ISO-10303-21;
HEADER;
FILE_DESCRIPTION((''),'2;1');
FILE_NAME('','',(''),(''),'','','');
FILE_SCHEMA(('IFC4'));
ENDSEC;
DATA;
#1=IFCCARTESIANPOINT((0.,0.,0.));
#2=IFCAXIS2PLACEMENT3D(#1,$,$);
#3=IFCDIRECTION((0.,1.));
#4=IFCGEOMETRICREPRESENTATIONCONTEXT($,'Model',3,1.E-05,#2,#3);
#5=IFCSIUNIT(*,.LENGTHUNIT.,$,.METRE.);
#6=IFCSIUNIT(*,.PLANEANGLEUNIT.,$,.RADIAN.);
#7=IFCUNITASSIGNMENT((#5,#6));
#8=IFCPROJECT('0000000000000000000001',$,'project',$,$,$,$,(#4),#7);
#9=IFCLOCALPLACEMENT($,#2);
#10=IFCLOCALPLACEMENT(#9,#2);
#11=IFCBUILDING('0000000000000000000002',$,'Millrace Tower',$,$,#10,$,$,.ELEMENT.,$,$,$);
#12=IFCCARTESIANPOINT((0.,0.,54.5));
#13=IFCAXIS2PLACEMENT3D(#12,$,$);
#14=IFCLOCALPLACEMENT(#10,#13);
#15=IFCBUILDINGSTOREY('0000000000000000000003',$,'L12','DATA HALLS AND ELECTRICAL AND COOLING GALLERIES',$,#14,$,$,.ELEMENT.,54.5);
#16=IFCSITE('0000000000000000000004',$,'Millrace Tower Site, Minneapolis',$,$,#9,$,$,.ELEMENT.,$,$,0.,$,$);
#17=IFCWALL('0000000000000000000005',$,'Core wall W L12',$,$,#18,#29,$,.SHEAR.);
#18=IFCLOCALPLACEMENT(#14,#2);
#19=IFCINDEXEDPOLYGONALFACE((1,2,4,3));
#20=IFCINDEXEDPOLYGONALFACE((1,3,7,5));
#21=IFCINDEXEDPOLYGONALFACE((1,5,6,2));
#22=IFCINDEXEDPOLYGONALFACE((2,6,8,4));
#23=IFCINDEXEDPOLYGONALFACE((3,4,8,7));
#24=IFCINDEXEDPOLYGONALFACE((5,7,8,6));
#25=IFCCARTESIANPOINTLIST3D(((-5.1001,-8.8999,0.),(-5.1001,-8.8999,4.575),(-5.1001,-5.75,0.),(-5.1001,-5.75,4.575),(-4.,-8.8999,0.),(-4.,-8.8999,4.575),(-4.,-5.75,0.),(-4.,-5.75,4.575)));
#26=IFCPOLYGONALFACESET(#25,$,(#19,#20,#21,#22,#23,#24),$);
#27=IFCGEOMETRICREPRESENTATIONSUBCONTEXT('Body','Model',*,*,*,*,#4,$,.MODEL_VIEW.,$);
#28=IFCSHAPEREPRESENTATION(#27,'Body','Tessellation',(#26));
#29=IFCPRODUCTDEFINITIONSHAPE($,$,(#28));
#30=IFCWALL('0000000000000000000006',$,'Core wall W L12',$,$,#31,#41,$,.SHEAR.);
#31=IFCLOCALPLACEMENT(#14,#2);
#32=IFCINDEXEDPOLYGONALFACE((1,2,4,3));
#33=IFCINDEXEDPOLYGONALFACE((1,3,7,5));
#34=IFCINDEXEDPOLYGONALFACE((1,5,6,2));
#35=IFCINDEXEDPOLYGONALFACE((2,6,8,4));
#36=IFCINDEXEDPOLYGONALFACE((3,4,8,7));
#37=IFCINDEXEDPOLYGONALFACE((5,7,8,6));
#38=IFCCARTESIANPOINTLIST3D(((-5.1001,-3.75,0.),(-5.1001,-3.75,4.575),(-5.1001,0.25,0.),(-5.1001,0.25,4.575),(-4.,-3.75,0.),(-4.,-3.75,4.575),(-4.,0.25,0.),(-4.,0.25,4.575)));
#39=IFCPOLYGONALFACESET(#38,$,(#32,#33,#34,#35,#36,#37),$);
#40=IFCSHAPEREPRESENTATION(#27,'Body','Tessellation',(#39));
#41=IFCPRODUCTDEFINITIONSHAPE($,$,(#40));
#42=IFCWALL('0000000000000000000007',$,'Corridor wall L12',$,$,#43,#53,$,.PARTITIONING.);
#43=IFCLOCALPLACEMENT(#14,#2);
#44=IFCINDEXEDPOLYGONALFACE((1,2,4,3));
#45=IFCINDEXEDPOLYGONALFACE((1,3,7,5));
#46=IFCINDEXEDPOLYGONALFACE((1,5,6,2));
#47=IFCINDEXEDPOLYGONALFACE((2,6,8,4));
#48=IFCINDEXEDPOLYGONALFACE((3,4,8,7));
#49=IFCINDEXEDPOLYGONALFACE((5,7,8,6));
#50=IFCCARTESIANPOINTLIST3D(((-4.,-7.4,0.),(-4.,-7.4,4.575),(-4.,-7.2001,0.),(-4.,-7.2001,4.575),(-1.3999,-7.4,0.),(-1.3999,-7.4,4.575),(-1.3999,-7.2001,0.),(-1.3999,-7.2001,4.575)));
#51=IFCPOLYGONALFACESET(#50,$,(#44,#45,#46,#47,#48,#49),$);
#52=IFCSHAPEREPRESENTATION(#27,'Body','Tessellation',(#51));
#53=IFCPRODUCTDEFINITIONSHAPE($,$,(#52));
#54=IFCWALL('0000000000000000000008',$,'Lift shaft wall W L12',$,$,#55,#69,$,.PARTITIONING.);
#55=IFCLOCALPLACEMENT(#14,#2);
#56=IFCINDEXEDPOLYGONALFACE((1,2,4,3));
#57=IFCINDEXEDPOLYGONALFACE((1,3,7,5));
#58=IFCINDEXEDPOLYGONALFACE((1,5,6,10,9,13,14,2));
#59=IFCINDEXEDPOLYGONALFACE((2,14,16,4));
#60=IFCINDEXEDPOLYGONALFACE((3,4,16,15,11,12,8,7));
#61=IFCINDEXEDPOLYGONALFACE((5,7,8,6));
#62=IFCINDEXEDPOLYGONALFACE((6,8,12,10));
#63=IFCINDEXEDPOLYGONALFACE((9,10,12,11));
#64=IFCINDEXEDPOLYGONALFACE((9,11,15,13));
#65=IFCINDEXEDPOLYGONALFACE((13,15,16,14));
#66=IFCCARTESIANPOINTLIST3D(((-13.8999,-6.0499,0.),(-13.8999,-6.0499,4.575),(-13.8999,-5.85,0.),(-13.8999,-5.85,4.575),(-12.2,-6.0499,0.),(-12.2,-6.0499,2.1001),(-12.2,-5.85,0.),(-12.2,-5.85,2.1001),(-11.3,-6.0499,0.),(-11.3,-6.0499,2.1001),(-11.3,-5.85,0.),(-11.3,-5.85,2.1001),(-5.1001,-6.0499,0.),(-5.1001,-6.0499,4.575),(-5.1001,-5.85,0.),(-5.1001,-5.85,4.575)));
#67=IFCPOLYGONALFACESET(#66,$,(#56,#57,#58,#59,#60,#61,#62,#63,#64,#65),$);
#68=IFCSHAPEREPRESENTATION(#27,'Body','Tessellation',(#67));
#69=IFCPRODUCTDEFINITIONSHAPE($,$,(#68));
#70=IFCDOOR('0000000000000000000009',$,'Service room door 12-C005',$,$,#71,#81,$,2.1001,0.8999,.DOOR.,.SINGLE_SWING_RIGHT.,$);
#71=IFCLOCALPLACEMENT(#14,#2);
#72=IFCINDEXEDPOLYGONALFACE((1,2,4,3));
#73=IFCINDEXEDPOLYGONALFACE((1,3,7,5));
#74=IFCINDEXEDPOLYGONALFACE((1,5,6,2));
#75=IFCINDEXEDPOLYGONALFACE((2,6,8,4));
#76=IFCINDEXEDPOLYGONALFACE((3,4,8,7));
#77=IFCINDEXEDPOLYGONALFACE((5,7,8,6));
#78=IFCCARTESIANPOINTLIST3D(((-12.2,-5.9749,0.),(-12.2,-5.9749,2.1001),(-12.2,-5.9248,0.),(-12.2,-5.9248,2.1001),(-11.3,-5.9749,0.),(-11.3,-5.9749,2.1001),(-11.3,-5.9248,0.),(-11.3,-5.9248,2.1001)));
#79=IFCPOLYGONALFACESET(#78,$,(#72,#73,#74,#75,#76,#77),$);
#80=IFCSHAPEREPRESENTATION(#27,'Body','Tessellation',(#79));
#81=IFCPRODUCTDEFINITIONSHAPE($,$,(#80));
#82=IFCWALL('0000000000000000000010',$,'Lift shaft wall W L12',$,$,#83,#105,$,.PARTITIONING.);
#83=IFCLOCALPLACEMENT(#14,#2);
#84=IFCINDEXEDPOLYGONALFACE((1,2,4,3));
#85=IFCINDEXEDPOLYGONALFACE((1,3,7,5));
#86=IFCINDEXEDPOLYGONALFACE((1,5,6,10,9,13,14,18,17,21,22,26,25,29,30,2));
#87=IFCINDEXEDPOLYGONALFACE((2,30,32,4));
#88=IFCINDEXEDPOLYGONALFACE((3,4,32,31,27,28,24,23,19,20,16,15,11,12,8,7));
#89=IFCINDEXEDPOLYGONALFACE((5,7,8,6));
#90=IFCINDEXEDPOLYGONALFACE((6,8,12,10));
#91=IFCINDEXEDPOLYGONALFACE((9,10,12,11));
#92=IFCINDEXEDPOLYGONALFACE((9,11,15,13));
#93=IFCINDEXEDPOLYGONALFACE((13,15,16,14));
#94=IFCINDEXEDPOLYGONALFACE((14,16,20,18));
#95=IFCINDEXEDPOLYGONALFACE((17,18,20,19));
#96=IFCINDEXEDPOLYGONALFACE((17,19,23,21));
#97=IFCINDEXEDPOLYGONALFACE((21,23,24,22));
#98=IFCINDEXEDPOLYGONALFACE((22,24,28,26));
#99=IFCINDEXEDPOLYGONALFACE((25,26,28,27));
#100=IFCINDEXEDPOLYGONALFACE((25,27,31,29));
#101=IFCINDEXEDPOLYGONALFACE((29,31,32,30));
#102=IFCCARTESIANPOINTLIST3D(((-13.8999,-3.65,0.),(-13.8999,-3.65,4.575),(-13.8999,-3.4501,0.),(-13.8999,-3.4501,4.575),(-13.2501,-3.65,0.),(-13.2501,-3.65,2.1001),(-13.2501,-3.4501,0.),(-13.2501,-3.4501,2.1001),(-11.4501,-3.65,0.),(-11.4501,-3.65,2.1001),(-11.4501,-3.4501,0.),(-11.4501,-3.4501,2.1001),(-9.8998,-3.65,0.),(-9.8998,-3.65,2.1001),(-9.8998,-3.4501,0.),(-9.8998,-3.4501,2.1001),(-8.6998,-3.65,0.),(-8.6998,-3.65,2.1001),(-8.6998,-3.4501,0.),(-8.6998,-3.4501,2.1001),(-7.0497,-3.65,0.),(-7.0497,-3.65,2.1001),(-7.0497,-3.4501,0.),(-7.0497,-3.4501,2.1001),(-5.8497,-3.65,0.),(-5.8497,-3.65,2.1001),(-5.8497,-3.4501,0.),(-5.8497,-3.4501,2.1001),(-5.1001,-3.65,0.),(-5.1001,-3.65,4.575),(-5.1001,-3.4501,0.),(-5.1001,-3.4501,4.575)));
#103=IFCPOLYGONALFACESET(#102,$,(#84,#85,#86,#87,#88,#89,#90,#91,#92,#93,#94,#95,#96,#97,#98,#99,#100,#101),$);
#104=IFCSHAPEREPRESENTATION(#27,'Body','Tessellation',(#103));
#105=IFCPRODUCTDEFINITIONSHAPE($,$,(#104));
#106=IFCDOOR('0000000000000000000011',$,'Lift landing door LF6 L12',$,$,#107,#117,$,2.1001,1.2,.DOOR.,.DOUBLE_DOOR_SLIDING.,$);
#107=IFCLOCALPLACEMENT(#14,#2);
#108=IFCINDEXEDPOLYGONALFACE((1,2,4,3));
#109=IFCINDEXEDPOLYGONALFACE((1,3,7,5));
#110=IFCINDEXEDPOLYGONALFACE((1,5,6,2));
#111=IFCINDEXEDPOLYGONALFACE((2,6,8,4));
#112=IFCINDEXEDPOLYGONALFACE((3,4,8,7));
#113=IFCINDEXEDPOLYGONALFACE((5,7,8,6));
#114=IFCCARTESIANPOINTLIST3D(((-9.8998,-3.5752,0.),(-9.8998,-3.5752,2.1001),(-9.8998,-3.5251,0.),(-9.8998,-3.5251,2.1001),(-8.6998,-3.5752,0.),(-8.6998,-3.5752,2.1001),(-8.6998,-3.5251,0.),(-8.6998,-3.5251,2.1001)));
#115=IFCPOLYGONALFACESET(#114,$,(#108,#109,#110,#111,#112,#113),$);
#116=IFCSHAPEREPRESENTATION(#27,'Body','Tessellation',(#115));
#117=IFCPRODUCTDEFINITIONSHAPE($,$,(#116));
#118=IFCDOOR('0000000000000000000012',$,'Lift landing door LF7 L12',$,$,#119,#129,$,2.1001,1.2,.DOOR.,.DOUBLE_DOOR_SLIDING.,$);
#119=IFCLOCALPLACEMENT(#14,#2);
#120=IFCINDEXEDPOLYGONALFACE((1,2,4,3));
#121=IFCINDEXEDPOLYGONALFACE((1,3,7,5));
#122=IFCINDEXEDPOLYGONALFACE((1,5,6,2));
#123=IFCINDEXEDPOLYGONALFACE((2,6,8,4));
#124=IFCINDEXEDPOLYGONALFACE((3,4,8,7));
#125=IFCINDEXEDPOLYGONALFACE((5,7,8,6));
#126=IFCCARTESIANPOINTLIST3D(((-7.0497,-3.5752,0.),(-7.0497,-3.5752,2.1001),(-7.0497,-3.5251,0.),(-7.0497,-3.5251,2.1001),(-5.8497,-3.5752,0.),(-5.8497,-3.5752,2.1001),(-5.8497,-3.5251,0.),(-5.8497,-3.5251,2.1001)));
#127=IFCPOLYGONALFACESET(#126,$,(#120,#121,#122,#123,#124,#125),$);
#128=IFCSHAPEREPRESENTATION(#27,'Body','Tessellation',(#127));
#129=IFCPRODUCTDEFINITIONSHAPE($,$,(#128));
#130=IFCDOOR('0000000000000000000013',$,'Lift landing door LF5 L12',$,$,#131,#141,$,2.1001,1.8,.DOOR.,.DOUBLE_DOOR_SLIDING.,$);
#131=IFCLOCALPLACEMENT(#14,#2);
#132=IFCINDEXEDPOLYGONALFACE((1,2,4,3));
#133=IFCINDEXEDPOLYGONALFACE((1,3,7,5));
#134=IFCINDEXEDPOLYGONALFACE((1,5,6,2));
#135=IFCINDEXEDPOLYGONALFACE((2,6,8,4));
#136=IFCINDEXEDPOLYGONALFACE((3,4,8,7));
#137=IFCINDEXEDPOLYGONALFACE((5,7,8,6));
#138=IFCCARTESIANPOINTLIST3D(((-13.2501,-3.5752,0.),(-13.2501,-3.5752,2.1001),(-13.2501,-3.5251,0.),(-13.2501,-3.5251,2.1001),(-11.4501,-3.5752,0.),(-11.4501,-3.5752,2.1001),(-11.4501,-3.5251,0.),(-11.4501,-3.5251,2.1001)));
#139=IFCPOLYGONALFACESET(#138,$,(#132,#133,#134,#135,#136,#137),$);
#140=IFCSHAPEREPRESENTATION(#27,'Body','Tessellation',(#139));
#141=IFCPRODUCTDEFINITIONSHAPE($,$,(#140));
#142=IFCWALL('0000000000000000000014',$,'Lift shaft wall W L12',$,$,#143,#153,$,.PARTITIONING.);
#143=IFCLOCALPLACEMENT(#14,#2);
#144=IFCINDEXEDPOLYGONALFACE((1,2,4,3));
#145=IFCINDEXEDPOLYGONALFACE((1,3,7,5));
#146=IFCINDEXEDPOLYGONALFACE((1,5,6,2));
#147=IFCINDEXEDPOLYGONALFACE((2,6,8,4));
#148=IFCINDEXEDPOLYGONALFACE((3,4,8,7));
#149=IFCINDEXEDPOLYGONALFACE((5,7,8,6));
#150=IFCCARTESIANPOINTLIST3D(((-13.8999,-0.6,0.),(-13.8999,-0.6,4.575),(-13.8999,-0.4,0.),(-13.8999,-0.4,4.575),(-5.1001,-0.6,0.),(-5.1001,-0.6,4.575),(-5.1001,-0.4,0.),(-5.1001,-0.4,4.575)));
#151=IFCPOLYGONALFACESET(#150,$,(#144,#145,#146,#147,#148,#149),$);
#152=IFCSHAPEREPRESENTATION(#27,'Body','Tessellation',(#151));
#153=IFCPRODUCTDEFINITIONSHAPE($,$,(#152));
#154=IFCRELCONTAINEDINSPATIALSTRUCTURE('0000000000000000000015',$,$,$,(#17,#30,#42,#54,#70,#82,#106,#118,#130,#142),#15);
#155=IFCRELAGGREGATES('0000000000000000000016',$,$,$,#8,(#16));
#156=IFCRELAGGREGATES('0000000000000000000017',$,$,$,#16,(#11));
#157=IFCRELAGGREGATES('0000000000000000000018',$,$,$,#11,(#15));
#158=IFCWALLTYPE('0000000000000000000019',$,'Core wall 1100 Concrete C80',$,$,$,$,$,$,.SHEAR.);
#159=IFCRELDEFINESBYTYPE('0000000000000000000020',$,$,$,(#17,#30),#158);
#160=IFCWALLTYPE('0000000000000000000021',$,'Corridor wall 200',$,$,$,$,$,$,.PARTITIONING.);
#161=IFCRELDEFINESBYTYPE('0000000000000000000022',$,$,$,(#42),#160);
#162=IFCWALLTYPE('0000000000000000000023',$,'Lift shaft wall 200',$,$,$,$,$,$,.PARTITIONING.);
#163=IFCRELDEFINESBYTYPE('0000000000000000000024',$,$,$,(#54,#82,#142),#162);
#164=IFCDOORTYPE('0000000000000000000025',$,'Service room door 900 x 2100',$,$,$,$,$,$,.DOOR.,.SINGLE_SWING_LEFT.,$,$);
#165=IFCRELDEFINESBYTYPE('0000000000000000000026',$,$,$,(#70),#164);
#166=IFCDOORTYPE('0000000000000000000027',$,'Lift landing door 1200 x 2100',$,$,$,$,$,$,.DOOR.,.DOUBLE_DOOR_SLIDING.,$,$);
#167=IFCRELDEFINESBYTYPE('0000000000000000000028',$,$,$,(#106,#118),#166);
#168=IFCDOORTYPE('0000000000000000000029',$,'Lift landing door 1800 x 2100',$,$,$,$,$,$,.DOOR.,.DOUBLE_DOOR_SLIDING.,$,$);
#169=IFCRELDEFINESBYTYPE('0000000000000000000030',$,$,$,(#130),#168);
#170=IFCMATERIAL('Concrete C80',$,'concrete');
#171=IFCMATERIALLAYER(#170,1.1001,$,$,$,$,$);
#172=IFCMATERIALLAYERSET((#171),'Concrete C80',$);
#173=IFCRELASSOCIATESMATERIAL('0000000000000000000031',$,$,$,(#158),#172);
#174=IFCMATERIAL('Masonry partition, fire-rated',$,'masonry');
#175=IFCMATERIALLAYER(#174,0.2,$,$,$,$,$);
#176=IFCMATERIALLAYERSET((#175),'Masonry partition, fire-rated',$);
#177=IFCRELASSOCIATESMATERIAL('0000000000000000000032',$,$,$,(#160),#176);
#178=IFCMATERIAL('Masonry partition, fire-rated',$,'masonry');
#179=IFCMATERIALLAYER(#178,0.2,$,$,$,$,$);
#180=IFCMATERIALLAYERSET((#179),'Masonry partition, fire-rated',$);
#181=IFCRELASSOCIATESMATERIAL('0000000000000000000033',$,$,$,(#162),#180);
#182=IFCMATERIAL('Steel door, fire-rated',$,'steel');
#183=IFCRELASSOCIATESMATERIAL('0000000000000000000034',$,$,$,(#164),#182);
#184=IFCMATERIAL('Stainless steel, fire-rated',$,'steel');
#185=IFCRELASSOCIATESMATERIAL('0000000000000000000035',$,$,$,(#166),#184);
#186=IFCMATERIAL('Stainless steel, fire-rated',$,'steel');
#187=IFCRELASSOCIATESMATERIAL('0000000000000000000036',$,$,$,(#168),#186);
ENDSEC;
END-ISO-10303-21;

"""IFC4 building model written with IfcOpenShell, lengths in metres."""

from ifc_helpers import new_model, si_unit, direction, frame, frame_2d, origin, place, context, subcontext, project, spatial, rectangle, extrude, material, layer, layer_set, type_object, element, fill, save


model = new_model("IFC4")

# Units and contexts
model_context = context("Model", 3, precision=1e-05, world=origin(), true_north=direction((0.0, 1.0)))
body_context = subcontext(model_context, "Body", "Model", "MODEL_VIEW")
ifc_project = project(units=[si_unit("LENGTHUNIT", "METRE"), si_unit("PLANEANGLEUNIT", "RADIAN")], contexts=[model_context])

# Site, building, storey
site_placement = place(None, origin())
site = spatial("IfcSite", under=ifc_project, at=site_placement, Name="Millrace Tower Site, Minneapolis", CompositionType="ELEMENT", RefElevation=0.0)
building_placement = place(site_placement, origin())
building = spatial("IfcBuilding", under=site, at=building_placement, Name="Millrace Tower", CompositionType="ELEMENT")
storey_placement = place(building_placement, frame((0.0, 0.0, 54.5)))
storey = spatial("IfcBuildingStorey", under=building, at=storey_placement, Name="L12", Description="DATA HALLS AND ELECTRICAL AND COOLING GALLERIES", CompositionType="ELEMENT", Elevation=54.5)

# Walls
ifc_material_1 = material(Name="Concrete C80", Category="concrete")
ifc_layer_1 = layer(ifc_material_1, 1.1001)
ifc_layer_set_1 = layer_set([ifc_layer_1], Name="Concrete C80")
wall_type_1 = type_object("IfcWallType", Name="Core wall 1100 Concrete C80", PredefinedType="SHEAR", material=ifc_layer_set_1)
wall_1_placement = place(storey_placement, frame((-4.55, -8.8999, 0.0), z_axis=(0.0, 0.0, 1.0), x_axis=(0.0, 1.0, 0.0)))
element("IfcWall", 1, at=wall_1_placement, inside=storey, type_object=wall_type_1, Name="Core wall W L12", PredefinedType="SHEAR", context=body_context, shape_type="SweptSolid", body=[
    extrude(rectangle(XDim=3.1499, YDim=1.1001, at=frame_2d((1.575, 0.0))), origin(), (0.0, 0.0, 1.0), 4.575),
])
wall_2_placement = place(storey_placement, frame((-4.55, -3.75, 0.0), z_axis=(0.0, 0.0, 1.0), x_axis=(0.0, 1.0, 0.0)))
element("IfcWall", 2, at=wall_2_placement, inside=storey, type_object=wall_type_1, Name="Core wall W L12", PredefinedType="SHEAR", context=body_context, shape_type="SweptSolid", body=[
    extrude(rectangle(XDim=4.0, YDim=1.1001, at=frame_2d((2.0, 0.0))), origin(), (0.0, 0.0, 1.0), 4.575),
])
ifc_material_2 = material(Name="Masonry partition, fire-rated", Category="masonry")
ifc_layer_2 = layer(ifc_material_2, 0.2)
ifc_layer_set_2 = layer_set([ifc_layer_2], Name="Masonry partition, fire-rated")
wall_type_2 = type_object("IfcWallType", Name="Corridor wall 200", PredefinedType="PARTITIONING", material=ifc_layer_set_2)
wall_3_placement = place(storey_placement, frame((-4.0, -7.3, 0.0), z_axis=(0.0, 0.0, 1.0), x_axis=(1.0, 0.0, 0.0)))
element("IfcWall", 3, at=wall_3_placement, inside=storey, type_object=wall_type_2, Name="Corridor wall L12", PredefinedType="PARTITIONING", context=body_context, shape_type="SweptSolid", body=[
    extrude(rectangle(XDim=2.6001, YDim=0.2, at=frame_2d((1.3, 0.0))), origin(), (0.0, 0.0, 1.0), 4.575),
])

# Wall, opening, door
ifc_material_3 = material(Name="Masonry partition, fire-rated", Category="masonry")
ifc_layer_3 = layer(ifc_material_3, 0.2)
ifc_layer_set_3 = layer_set([ifc_layer_3], Name="Masonry partition, fire-rated")
wall_type_3 = type_object("IfcWallType", Name="Lift shaft wall 200", PredefinedType="PARTITIONING", material=ifc_layer_set_3)
wall_4_placement = place(storey_placement, frame((-13.8999, -5.95, 0.0), z_axis=(0.0, 0.0, 1.0), x_axis=(1.0, 0.0, 0.0)))
wall_4 = element("IfcWall", 4, at=wall_4_placement, inside=storey, type_object=wall_type_3, Name="Lift shaft wall W L12", PredefinedType="PARTITIONING", context=body_context, shape_type="SweptSolid", body=[
    extrude(rectangle(XDim=8.7998, YDim=0.2, at=frame_2d((4.3999, 0.0))), origin(), (0.0, 0.0, 1.0), 4.575),
])
opening_1_placement = place(wall_4_placement, frame((1.7, 0.0, 0.0)))
opening_1 = element("IfcOpeningElement", 5, at=opening_1_placement, cuts=wall_4, PredefinedType="OPENING", context=body_context, shape_type="SweptSolid", body=[
    extrude(rectangle(XDim=0.8999, YDim=2.1001, at=frame_2d((0.45, 1.05))), frame((0.0, 0.1099, 0.0), z_axis=(0.0, -1.0, 0.0), x_axis=(1.0, 0.0, 0.0)), (0.0, 0.0, 1.0), 0.22),
])
ifc_material_4 = material(Name="Steel door, fire-rated", Category="steel")
door_type_1 = type_object("IfcDoorType", Name="Service room door 900 x 2100", OperationType="SINGLE_SWING_LEFT", PredefinedType="DOOR", material=ifc_material_4)
door_1_placement = place(opening_1_placement, frame((0.8999, 0.0, 0.0), z_axis=(0.0, 0.0, 1.0), x_axis=(-1.0, 0.0, 0.0)))
door_1 = element("IfcDoor", 6, at=door_1_placement, inside=storey, type_object=door_type_1, Name="Service room door 12-C005", OperationType="SINGLE_SWING_RIGHT", OverallHeight=2.1001, OverallWidth=0.8999, PredefinedType="DOOR", context=body_context, shape_type="SweptSolid", body=[
    extrude(rectangle(XDim=0.8999, YDim=2.1001, at=frame_2d((0.45, 1.05))), frame((0.0, 0.0249, 0.0), z_axis=(0.0, -1.0, 0.0), x_axis=(1.0, 0.0, 0.0)), (0.0, 0.0, 1.0), 0.05),
])
fill(opening_1, door_1)

# Wall, openings, doors
wall_5_placement = place(storey_placement, frame((-13.8999, -3.55, 0.0), z_axis=(0.0, 0.0, 1.0), x_axis=(1.0, 0.0, 0.0)))
wall_5 = element("IfcWall", 7, at=wall_5_placement, inside=storey, type_object=wall_type_3, Name="Lift shaft wall W L12", PredefinedType="PARTITIONING", context=body_context, shape_type="SweptSolid", body=[
    extrude(rectangle(XDim=8.7998, YDim=0.2, at=frame_2d((4.3999, 0.0))), origin(), (0.0, 0.0, 1.0), 4.575),
])
opening_2_placement = place(wall_5_placement, frame((0.6499, 0.0, 0.0)))
opening_2 = element("IfcOpeningElement", 8, at=opening_2_placement, cuts=wall_5, PredefinedType="OPENING", context=body_context, shape_type="SweptSolid", body=[
    extrude(rectangle(XDim=1.8, YDim=2.1001, at=frame_2d((0.8999, 1.05))), frame((0.0, 0.1099, 0.0), z_axis=(0.0, -1.0, 0.0), x_axis=(1.0, 0.0, 0.0)), (0.0, 0.0, 1.0), 0.22),
])
opening_3_placement = place(wall_5_placement, frame((4.0, 0.0, 0.0)))
opening_3 = element("IfcOpeningElement", 9, at=opening_3_placement, cuts=wall_5, PredefinedType="OPENING", context=body_context, shape_type="SweptSolid", body=[
    extrude(rectangle(XDim=1.2, YDim=2.1001, at=frame_2d((0.6001, 1.05))), frame((0.0, 0.1099, 0.0), z_axis=(0.0, -1.0, 0.0), x_axis=(1.0, 0.0, 0.0)), (0.0, 0.0, 1.0), 0.22),
])
opening_4_placement = place(wall_5_placement, frame((6.8501, 0.0, 0.0)))
opening_4 = element("IfcOpeningElement", 10, at=opening_4_placement, cuts=wall_5, PredefinedType="OPENING", context=body_context, shape_type="SweptSolid", body=[
    extrude(rectangle(XDim=1.2, YDim=2.1001, at=frame_2d((0.6001, 1.05))), frame((0.0, 0.1099, 0.0), z_axis=(0.0, -1.0, 0.0), x_axis=(1.0, 0.0, 0.0)), (0.0, 0.0, 1.0), 0.22),
])
ifc_material_5 = material(Name="Stainless steel, fire-rated", Category="steel")
door_type_2 = type_object("IfcDoorType", Name="Lift landing door 1200 x 2100", OperationType="DOUBLE_DOOR_SLIDING", PredefinedType="DOOR", material=ifc_material_5)
door_2_placement = place(opening_3_placement, origin())
door_2 = element("IfcDoor", 11, at=door_2_placement, inside=storey, type_object=door_type_2, Name="Lift landing door LF6 L12", OperationType="DOUBLE_DOOR_SLIDING", OverallHeight=2.1001, OverallWidth=1.2, PredefinedType="DOOR", context=body_context, shape_type="SweptSolid", body=[
    extrude(rectangle(XDim=1.2, YDim=2.1001, at=frame_2d((0.6001, 1.05))), frame((0.0, 0.0249, 0.0), z_axis=(0.0, -1.0, 0.0), x_axis=(1.0, 0.0, 0.0)), (0.0, 0.0, 1.0), 0.05),
])
fill(opening_3, door_2)
door_3_placement = place(opening_4_placement, origin())
door_3 = element("IfcDoor", 12, at=door_3_placement, inside=storey, type_object=door_type_2, Name="Lift landing door LF7 L12", OperationType="DOUBLE_DOOR_SLIDING", OverallHeight=2.1001, OverallWidth=1.2, PredefinedType="DOOR", context=body_context, shape_type="SweptSolid", body=[
    extrude(rectangle(XDim=1.2, YDim=2.1001, at=frame_2d((0.6001, 1.05))), frame((0.0, 0.0249, 0.0), z_axis=(0.0, -1.0, 0.0), x_axis=(1.0, 0.0, 0.0)), (0.0, 0.0, 1.0), 0.05),
])
fill(opening_4, door_3)
ifc_material_6 = material(Name="Stainless steel, fire-rated", Category="steel")
door_type_3 = type_object("IfcDoorType", Name="Lift landing door 1800 x 2100", OperationType="DOUBLE_DOOR_SLIDING", PredefinedType="DOOR", material=ifc_material_6)
door_4_placement = place(opening_2_placement, origin())
door_4 = element("IfcDoor", 13, at=door_4_placement, inside=storey, type_object=door_type_3, Name="Lift landing door LF5 L12", OperationType="DOUBLE_DOOR_SLIDING", OverallHeight=2.1001, OverallWidth=1.8, PredefinedType="DOOR", context=body_context, shape_type="SweptSolid", body=[
    extrude(rectangle(XDim=1.8, YDim=2.1001, at=frame_2d((0.8999, 1.05))), frame((0.0, 0.0249, 0.0), z_axis=(0.0, -1.0, 0.0), x_axis=(1.0, 0.0, 0.0)), (0.0, 0.0, 1.0), 0.05),
])
fill(opening_2, door_4)

# Wall
wall_6_placement = place(storey_placement, frame((-13.8999, -0.5, 0.0), z_axis=(0.0, 0.0, 1.0), x_axis=(1.0, 0.0, 0.0)))
element("IfcWall", 14, at=wall_6_placement, inside=storey, type_object=wall_type_3, Name="Lift shaft wall W L12", PredefinedType="PARTITIONING", context=body_context, shape_type="SweptSolid", body=[
    extrude(rectangle(XDim=8.7998, YDim=0.2, at=frame_2d((4.3999, 0.0))), origin(), (0.0, 0.0, 1.0), 4.575),
])

save(model, "model.ifc")
